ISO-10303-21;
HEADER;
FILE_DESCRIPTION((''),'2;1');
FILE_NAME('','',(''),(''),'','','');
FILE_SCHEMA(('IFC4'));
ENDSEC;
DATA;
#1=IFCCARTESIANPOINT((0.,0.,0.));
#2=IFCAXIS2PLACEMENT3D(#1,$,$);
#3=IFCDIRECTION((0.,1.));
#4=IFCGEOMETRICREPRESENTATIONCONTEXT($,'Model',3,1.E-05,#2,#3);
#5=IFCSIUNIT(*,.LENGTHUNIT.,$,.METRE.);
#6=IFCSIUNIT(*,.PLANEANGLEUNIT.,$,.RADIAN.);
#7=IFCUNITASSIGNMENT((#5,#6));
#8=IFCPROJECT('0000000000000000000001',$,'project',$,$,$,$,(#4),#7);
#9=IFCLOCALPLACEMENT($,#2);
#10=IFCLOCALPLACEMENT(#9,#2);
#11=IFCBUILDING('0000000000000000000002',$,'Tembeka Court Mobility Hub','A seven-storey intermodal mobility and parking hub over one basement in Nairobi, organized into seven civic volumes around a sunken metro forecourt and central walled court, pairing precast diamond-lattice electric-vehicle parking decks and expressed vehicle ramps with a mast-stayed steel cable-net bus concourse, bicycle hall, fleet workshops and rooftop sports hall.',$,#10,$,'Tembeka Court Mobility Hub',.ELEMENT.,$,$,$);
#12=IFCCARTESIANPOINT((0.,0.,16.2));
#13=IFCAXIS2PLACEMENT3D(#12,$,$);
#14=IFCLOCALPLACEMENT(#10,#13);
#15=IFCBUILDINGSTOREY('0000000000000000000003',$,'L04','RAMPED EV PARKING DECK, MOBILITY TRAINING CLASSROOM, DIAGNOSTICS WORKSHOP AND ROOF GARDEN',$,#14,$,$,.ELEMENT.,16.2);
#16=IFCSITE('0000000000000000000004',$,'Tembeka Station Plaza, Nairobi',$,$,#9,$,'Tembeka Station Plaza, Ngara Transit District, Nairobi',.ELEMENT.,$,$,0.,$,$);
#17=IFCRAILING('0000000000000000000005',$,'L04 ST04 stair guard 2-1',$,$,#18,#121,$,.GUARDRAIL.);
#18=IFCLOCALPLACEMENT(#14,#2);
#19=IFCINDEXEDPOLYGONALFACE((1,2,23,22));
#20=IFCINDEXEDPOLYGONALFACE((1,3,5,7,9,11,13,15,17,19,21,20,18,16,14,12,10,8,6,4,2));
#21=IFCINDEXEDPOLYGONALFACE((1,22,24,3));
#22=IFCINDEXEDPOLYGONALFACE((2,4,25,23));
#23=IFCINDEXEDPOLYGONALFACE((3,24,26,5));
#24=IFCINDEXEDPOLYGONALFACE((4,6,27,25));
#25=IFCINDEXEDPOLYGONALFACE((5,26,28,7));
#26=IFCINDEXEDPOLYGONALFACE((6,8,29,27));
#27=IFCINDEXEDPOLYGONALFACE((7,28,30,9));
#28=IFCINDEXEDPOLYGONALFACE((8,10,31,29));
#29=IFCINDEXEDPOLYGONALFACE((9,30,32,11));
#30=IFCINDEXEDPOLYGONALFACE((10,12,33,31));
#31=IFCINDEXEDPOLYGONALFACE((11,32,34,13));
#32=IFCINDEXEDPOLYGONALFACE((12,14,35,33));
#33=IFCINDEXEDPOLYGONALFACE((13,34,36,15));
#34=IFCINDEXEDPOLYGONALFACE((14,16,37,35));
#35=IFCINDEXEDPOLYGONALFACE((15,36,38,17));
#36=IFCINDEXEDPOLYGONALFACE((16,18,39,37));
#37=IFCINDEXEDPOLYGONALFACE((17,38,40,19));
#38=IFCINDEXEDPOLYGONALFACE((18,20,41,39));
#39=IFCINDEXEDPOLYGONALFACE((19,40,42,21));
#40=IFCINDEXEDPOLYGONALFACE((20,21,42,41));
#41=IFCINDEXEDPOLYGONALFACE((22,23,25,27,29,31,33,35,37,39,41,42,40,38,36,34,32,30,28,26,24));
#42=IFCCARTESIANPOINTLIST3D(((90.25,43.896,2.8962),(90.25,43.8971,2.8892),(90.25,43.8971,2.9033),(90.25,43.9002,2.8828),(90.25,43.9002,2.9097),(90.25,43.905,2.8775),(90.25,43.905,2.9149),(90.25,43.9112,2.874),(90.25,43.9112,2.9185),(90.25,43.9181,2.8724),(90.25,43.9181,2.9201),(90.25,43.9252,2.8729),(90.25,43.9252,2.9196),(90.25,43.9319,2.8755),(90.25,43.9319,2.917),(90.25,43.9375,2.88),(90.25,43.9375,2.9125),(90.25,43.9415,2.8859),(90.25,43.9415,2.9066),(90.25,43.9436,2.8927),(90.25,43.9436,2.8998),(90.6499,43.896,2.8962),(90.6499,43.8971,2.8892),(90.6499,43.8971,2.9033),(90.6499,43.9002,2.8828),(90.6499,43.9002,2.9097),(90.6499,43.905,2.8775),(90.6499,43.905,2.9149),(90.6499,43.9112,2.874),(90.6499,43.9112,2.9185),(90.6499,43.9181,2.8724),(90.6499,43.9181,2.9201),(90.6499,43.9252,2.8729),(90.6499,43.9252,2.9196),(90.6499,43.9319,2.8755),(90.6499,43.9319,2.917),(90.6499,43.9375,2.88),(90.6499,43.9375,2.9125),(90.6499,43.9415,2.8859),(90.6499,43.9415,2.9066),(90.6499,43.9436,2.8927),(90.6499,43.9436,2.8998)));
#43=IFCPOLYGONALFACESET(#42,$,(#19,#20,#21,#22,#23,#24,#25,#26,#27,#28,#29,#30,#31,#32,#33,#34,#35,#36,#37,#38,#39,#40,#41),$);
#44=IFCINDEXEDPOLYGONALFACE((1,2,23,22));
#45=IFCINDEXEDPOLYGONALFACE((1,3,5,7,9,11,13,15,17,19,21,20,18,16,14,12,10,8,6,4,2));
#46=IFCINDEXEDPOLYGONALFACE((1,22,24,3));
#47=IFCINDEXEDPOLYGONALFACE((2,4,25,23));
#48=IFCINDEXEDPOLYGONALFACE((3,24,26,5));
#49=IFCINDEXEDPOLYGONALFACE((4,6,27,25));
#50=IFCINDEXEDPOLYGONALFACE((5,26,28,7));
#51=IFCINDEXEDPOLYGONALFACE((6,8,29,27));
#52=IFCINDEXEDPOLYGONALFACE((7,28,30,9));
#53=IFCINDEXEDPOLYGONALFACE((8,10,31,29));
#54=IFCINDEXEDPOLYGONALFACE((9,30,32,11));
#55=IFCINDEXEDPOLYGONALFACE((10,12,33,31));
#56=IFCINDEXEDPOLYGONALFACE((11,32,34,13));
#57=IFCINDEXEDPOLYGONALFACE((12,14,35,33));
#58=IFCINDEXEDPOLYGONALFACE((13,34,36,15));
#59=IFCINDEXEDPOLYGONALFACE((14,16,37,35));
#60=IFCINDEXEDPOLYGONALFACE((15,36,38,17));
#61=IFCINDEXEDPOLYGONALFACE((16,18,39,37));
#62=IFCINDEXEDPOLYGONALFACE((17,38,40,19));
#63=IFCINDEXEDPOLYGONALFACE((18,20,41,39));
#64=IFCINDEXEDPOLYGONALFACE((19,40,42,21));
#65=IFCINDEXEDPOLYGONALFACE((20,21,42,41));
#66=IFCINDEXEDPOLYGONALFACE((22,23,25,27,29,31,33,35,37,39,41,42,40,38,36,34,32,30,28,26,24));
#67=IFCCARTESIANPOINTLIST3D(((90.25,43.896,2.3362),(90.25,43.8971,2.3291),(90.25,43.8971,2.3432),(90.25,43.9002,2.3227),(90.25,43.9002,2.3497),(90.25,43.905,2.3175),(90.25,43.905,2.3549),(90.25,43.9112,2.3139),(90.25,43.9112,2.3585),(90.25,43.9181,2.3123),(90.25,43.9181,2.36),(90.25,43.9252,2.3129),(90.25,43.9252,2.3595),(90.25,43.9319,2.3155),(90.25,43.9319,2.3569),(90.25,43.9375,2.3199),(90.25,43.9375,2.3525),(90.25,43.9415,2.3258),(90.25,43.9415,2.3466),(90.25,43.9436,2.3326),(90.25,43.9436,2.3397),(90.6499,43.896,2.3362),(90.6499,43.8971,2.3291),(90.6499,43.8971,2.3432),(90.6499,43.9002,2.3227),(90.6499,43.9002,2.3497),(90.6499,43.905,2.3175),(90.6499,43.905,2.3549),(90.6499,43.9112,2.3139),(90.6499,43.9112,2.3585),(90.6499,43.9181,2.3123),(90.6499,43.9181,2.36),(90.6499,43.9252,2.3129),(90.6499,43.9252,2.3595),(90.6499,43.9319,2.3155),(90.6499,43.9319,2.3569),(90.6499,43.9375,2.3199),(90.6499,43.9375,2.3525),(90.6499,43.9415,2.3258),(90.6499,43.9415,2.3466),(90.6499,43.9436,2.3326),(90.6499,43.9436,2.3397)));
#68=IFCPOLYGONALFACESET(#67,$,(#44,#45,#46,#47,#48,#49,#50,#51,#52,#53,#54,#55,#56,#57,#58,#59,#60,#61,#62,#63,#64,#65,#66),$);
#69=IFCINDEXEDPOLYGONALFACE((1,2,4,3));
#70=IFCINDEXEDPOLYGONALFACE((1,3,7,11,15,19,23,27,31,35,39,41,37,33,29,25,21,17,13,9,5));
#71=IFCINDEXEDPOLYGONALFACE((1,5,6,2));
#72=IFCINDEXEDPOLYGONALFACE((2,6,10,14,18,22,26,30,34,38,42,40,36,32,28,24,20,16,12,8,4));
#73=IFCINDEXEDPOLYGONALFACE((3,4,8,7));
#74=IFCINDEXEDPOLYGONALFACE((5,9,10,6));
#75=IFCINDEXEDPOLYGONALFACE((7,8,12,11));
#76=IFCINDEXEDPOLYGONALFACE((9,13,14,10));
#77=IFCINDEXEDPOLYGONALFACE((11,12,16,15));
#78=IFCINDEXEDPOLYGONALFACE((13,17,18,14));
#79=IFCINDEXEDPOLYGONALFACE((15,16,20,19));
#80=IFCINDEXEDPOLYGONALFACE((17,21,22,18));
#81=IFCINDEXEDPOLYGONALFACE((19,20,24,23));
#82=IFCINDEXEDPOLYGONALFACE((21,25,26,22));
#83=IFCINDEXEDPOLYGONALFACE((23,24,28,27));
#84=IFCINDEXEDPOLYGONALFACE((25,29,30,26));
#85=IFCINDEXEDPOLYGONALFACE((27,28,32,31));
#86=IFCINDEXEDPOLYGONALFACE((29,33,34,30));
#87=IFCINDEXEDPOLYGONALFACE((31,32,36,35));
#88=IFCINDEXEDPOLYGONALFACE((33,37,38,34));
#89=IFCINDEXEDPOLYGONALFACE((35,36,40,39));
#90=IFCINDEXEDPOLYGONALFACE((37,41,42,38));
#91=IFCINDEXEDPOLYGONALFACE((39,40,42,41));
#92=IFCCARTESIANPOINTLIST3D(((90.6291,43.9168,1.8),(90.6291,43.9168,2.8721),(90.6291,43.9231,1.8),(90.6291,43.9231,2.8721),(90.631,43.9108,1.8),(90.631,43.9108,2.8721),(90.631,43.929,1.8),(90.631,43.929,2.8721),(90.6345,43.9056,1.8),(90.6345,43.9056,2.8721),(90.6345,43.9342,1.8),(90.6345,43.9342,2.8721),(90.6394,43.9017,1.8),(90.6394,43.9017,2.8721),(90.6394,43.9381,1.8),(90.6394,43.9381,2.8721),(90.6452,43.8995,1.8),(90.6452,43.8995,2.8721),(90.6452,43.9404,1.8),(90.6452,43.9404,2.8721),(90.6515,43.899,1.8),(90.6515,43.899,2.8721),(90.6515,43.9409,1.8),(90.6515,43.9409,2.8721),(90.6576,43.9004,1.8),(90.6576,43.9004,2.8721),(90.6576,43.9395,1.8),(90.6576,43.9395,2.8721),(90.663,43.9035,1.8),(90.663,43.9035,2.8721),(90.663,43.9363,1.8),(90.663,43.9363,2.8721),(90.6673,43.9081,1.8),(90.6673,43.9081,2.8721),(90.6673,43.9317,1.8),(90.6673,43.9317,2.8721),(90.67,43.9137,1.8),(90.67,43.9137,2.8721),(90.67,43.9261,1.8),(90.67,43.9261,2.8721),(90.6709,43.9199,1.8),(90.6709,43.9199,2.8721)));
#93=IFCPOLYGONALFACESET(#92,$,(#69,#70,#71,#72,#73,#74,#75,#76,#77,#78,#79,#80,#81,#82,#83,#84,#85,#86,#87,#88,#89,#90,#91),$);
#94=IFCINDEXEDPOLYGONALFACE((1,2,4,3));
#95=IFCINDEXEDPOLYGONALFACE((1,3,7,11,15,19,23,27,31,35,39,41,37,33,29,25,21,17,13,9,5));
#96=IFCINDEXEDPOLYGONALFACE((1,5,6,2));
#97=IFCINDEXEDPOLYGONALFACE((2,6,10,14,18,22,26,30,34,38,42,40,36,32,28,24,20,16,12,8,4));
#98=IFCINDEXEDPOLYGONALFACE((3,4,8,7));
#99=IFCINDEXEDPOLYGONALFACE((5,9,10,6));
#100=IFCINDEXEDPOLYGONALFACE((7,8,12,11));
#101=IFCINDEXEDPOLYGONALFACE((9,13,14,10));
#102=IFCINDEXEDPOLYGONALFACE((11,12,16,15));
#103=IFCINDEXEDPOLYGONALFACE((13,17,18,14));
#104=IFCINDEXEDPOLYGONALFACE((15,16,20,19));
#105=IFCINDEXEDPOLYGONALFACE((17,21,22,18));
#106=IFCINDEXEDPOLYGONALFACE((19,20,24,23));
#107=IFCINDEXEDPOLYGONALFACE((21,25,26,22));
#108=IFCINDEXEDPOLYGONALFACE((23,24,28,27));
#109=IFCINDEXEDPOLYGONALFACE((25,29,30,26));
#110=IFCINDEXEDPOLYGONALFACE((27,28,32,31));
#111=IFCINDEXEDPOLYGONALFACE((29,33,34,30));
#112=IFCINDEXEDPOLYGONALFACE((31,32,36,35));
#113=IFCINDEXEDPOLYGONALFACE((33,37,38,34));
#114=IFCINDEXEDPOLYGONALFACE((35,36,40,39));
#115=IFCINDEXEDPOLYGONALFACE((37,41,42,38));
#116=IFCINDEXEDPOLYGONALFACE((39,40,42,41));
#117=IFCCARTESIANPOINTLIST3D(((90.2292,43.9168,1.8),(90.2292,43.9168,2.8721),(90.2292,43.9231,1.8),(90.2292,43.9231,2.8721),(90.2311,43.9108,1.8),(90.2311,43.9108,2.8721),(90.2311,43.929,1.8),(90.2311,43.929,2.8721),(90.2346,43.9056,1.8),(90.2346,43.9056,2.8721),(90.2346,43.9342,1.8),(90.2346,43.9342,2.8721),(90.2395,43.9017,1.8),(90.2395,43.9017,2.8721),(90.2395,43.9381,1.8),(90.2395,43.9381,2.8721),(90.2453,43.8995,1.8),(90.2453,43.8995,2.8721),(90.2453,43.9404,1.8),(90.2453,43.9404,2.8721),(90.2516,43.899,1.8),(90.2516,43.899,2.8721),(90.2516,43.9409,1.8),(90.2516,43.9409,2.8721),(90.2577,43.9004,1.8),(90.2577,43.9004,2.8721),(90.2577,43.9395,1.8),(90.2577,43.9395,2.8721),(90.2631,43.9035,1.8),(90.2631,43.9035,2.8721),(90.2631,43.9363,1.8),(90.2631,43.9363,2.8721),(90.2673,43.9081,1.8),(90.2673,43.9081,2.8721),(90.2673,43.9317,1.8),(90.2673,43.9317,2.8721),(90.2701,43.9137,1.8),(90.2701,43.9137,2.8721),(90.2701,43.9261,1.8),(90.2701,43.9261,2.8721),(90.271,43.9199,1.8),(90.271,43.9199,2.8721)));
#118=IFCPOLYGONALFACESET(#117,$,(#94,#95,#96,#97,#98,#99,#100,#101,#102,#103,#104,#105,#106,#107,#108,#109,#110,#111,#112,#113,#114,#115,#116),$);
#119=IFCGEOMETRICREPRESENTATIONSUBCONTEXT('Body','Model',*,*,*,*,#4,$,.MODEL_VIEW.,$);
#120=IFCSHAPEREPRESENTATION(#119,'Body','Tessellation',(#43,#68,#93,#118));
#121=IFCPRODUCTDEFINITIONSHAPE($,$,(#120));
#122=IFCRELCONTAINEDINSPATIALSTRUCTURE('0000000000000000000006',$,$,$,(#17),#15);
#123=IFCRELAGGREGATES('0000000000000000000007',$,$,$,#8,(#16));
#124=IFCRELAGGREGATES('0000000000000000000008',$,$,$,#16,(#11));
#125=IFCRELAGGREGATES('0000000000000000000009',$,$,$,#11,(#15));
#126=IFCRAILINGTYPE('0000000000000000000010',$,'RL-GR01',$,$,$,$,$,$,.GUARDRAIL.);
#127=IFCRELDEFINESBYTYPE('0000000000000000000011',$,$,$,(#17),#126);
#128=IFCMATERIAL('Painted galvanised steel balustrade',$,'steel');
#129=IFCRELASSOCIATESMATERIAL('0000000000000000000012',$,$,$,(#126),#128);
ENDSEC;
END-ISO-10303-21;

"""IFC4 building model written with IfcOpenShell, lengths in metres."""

from ifc_helpers import new_model, si_unit, direction, frame, origin, origin_2d, place, context, subcontext, project, spatial, circle, extrude, material, type_object, element, save


model = new_model("IFC4")

# Units and contexts
model_context = context("Model", 3, precision=1e-05, world=origin(), true_north=direction((0.0, 1.0)))
body_context = subcontext(model_context, "Body", "Model", "MODEL_VIEW")
ifc_project = project(units=[si_unit("LENGTHUNIT", "METRE"), si_unit("PLANEANGLEUNIT", "RADIAN")], contexts=[model_context])

# Site, building, storey
site_placement = place(None, origin())
site = spatial("IfcSite", under=ifc_project, at=site_placement, Name="Tembeka Station Plaza, Nairobi", LongName="Tembeka Station Plaza, Ngara Transit District, Nairobi", CompositionType="ELEMENT", RefElevation=0.0)
building_placement = place(site_placement, origin())
building = spatial("IfcBuilding", under=site, at=building_placement, Name="Tembeka Court Mobility Hub", Description="A seven-storey intermodal mobility and parking hub over one basement in Nairobi, organized into seven civic volumes around a sunken metro forecourt and central walled court, pairing precast diamond-lattice electric-vehicle parking decks and expressed vehicle ramps with a mast-stayed steel cable-net bus concourse, bicycle hall, fleet workshops and rooftop sports hall.", LongName="Tembeka Court Mobility Hub", CompositionType="ELEMENT")
storey_placement = place(building_placement, frame((0.0, 0.0, 16.2)))
storey = spatial("IfcBuildingStorey", under=building, at=storey_placement, Name="L04", Description="RAMPED EV PARKING DECK, MOBILITY TRAINING CLASSROOM, DIAGNOSTICS WORKSHOP AND ROOF GARDEN", CompositionType="ELEMENT", Elevation=16.2)

# Railing
ifc_material_1 = material(Name="Painted galvanised steel balustrade", Category="steel")
railing_type_1 = type_object("IfcRailingType", Name="RL-GR01", PredefinedType="GUARDRAIL", material=ifc_material_1)
railing_1_placement = place(storey_placement, frame((90.6499, 43.9199, 1.8)))
element("IfcRailing", 1, at=railing_1_placement, inside=storey, type_object=railing_type_1, Name="L04 ST04 stair guard 2-1", PredefinedType="GUARDRAIL", context=body_context, shape_type="SweptSolid", body=[
    extrude(circle(Radius=0.0239, at=origin_2d()), frame((0.0, 0.0, 1.0962), z_axis=(-1.0, 0.0, 0.0), x_axis=(0.0, -1.0, 0.0)), (0.0, 0.0, 1.0), 0.3999),
    extrude(circle(Radius=0.0239, at=origin_2d()), frame((0.0, 0.0, 0.5361), z_axis=(-1.0, 0.0, 0.0), x_axis=(0.0, -1.0, 0.0)), (0.0, 0.0, 1.0), 0.3999),
    extrude(circle(Radius=0.021, at=origin_2d()), origin(), (0.0, 0.0, 1.0), 1.072),
    extrude(circle(Radius=0.021, at=origin_2d()), frame((-0.3999, 0.0, 0.0)), (0.0, 0.0, 1.0), 1.072),
])

save(model, "model.ifc")
